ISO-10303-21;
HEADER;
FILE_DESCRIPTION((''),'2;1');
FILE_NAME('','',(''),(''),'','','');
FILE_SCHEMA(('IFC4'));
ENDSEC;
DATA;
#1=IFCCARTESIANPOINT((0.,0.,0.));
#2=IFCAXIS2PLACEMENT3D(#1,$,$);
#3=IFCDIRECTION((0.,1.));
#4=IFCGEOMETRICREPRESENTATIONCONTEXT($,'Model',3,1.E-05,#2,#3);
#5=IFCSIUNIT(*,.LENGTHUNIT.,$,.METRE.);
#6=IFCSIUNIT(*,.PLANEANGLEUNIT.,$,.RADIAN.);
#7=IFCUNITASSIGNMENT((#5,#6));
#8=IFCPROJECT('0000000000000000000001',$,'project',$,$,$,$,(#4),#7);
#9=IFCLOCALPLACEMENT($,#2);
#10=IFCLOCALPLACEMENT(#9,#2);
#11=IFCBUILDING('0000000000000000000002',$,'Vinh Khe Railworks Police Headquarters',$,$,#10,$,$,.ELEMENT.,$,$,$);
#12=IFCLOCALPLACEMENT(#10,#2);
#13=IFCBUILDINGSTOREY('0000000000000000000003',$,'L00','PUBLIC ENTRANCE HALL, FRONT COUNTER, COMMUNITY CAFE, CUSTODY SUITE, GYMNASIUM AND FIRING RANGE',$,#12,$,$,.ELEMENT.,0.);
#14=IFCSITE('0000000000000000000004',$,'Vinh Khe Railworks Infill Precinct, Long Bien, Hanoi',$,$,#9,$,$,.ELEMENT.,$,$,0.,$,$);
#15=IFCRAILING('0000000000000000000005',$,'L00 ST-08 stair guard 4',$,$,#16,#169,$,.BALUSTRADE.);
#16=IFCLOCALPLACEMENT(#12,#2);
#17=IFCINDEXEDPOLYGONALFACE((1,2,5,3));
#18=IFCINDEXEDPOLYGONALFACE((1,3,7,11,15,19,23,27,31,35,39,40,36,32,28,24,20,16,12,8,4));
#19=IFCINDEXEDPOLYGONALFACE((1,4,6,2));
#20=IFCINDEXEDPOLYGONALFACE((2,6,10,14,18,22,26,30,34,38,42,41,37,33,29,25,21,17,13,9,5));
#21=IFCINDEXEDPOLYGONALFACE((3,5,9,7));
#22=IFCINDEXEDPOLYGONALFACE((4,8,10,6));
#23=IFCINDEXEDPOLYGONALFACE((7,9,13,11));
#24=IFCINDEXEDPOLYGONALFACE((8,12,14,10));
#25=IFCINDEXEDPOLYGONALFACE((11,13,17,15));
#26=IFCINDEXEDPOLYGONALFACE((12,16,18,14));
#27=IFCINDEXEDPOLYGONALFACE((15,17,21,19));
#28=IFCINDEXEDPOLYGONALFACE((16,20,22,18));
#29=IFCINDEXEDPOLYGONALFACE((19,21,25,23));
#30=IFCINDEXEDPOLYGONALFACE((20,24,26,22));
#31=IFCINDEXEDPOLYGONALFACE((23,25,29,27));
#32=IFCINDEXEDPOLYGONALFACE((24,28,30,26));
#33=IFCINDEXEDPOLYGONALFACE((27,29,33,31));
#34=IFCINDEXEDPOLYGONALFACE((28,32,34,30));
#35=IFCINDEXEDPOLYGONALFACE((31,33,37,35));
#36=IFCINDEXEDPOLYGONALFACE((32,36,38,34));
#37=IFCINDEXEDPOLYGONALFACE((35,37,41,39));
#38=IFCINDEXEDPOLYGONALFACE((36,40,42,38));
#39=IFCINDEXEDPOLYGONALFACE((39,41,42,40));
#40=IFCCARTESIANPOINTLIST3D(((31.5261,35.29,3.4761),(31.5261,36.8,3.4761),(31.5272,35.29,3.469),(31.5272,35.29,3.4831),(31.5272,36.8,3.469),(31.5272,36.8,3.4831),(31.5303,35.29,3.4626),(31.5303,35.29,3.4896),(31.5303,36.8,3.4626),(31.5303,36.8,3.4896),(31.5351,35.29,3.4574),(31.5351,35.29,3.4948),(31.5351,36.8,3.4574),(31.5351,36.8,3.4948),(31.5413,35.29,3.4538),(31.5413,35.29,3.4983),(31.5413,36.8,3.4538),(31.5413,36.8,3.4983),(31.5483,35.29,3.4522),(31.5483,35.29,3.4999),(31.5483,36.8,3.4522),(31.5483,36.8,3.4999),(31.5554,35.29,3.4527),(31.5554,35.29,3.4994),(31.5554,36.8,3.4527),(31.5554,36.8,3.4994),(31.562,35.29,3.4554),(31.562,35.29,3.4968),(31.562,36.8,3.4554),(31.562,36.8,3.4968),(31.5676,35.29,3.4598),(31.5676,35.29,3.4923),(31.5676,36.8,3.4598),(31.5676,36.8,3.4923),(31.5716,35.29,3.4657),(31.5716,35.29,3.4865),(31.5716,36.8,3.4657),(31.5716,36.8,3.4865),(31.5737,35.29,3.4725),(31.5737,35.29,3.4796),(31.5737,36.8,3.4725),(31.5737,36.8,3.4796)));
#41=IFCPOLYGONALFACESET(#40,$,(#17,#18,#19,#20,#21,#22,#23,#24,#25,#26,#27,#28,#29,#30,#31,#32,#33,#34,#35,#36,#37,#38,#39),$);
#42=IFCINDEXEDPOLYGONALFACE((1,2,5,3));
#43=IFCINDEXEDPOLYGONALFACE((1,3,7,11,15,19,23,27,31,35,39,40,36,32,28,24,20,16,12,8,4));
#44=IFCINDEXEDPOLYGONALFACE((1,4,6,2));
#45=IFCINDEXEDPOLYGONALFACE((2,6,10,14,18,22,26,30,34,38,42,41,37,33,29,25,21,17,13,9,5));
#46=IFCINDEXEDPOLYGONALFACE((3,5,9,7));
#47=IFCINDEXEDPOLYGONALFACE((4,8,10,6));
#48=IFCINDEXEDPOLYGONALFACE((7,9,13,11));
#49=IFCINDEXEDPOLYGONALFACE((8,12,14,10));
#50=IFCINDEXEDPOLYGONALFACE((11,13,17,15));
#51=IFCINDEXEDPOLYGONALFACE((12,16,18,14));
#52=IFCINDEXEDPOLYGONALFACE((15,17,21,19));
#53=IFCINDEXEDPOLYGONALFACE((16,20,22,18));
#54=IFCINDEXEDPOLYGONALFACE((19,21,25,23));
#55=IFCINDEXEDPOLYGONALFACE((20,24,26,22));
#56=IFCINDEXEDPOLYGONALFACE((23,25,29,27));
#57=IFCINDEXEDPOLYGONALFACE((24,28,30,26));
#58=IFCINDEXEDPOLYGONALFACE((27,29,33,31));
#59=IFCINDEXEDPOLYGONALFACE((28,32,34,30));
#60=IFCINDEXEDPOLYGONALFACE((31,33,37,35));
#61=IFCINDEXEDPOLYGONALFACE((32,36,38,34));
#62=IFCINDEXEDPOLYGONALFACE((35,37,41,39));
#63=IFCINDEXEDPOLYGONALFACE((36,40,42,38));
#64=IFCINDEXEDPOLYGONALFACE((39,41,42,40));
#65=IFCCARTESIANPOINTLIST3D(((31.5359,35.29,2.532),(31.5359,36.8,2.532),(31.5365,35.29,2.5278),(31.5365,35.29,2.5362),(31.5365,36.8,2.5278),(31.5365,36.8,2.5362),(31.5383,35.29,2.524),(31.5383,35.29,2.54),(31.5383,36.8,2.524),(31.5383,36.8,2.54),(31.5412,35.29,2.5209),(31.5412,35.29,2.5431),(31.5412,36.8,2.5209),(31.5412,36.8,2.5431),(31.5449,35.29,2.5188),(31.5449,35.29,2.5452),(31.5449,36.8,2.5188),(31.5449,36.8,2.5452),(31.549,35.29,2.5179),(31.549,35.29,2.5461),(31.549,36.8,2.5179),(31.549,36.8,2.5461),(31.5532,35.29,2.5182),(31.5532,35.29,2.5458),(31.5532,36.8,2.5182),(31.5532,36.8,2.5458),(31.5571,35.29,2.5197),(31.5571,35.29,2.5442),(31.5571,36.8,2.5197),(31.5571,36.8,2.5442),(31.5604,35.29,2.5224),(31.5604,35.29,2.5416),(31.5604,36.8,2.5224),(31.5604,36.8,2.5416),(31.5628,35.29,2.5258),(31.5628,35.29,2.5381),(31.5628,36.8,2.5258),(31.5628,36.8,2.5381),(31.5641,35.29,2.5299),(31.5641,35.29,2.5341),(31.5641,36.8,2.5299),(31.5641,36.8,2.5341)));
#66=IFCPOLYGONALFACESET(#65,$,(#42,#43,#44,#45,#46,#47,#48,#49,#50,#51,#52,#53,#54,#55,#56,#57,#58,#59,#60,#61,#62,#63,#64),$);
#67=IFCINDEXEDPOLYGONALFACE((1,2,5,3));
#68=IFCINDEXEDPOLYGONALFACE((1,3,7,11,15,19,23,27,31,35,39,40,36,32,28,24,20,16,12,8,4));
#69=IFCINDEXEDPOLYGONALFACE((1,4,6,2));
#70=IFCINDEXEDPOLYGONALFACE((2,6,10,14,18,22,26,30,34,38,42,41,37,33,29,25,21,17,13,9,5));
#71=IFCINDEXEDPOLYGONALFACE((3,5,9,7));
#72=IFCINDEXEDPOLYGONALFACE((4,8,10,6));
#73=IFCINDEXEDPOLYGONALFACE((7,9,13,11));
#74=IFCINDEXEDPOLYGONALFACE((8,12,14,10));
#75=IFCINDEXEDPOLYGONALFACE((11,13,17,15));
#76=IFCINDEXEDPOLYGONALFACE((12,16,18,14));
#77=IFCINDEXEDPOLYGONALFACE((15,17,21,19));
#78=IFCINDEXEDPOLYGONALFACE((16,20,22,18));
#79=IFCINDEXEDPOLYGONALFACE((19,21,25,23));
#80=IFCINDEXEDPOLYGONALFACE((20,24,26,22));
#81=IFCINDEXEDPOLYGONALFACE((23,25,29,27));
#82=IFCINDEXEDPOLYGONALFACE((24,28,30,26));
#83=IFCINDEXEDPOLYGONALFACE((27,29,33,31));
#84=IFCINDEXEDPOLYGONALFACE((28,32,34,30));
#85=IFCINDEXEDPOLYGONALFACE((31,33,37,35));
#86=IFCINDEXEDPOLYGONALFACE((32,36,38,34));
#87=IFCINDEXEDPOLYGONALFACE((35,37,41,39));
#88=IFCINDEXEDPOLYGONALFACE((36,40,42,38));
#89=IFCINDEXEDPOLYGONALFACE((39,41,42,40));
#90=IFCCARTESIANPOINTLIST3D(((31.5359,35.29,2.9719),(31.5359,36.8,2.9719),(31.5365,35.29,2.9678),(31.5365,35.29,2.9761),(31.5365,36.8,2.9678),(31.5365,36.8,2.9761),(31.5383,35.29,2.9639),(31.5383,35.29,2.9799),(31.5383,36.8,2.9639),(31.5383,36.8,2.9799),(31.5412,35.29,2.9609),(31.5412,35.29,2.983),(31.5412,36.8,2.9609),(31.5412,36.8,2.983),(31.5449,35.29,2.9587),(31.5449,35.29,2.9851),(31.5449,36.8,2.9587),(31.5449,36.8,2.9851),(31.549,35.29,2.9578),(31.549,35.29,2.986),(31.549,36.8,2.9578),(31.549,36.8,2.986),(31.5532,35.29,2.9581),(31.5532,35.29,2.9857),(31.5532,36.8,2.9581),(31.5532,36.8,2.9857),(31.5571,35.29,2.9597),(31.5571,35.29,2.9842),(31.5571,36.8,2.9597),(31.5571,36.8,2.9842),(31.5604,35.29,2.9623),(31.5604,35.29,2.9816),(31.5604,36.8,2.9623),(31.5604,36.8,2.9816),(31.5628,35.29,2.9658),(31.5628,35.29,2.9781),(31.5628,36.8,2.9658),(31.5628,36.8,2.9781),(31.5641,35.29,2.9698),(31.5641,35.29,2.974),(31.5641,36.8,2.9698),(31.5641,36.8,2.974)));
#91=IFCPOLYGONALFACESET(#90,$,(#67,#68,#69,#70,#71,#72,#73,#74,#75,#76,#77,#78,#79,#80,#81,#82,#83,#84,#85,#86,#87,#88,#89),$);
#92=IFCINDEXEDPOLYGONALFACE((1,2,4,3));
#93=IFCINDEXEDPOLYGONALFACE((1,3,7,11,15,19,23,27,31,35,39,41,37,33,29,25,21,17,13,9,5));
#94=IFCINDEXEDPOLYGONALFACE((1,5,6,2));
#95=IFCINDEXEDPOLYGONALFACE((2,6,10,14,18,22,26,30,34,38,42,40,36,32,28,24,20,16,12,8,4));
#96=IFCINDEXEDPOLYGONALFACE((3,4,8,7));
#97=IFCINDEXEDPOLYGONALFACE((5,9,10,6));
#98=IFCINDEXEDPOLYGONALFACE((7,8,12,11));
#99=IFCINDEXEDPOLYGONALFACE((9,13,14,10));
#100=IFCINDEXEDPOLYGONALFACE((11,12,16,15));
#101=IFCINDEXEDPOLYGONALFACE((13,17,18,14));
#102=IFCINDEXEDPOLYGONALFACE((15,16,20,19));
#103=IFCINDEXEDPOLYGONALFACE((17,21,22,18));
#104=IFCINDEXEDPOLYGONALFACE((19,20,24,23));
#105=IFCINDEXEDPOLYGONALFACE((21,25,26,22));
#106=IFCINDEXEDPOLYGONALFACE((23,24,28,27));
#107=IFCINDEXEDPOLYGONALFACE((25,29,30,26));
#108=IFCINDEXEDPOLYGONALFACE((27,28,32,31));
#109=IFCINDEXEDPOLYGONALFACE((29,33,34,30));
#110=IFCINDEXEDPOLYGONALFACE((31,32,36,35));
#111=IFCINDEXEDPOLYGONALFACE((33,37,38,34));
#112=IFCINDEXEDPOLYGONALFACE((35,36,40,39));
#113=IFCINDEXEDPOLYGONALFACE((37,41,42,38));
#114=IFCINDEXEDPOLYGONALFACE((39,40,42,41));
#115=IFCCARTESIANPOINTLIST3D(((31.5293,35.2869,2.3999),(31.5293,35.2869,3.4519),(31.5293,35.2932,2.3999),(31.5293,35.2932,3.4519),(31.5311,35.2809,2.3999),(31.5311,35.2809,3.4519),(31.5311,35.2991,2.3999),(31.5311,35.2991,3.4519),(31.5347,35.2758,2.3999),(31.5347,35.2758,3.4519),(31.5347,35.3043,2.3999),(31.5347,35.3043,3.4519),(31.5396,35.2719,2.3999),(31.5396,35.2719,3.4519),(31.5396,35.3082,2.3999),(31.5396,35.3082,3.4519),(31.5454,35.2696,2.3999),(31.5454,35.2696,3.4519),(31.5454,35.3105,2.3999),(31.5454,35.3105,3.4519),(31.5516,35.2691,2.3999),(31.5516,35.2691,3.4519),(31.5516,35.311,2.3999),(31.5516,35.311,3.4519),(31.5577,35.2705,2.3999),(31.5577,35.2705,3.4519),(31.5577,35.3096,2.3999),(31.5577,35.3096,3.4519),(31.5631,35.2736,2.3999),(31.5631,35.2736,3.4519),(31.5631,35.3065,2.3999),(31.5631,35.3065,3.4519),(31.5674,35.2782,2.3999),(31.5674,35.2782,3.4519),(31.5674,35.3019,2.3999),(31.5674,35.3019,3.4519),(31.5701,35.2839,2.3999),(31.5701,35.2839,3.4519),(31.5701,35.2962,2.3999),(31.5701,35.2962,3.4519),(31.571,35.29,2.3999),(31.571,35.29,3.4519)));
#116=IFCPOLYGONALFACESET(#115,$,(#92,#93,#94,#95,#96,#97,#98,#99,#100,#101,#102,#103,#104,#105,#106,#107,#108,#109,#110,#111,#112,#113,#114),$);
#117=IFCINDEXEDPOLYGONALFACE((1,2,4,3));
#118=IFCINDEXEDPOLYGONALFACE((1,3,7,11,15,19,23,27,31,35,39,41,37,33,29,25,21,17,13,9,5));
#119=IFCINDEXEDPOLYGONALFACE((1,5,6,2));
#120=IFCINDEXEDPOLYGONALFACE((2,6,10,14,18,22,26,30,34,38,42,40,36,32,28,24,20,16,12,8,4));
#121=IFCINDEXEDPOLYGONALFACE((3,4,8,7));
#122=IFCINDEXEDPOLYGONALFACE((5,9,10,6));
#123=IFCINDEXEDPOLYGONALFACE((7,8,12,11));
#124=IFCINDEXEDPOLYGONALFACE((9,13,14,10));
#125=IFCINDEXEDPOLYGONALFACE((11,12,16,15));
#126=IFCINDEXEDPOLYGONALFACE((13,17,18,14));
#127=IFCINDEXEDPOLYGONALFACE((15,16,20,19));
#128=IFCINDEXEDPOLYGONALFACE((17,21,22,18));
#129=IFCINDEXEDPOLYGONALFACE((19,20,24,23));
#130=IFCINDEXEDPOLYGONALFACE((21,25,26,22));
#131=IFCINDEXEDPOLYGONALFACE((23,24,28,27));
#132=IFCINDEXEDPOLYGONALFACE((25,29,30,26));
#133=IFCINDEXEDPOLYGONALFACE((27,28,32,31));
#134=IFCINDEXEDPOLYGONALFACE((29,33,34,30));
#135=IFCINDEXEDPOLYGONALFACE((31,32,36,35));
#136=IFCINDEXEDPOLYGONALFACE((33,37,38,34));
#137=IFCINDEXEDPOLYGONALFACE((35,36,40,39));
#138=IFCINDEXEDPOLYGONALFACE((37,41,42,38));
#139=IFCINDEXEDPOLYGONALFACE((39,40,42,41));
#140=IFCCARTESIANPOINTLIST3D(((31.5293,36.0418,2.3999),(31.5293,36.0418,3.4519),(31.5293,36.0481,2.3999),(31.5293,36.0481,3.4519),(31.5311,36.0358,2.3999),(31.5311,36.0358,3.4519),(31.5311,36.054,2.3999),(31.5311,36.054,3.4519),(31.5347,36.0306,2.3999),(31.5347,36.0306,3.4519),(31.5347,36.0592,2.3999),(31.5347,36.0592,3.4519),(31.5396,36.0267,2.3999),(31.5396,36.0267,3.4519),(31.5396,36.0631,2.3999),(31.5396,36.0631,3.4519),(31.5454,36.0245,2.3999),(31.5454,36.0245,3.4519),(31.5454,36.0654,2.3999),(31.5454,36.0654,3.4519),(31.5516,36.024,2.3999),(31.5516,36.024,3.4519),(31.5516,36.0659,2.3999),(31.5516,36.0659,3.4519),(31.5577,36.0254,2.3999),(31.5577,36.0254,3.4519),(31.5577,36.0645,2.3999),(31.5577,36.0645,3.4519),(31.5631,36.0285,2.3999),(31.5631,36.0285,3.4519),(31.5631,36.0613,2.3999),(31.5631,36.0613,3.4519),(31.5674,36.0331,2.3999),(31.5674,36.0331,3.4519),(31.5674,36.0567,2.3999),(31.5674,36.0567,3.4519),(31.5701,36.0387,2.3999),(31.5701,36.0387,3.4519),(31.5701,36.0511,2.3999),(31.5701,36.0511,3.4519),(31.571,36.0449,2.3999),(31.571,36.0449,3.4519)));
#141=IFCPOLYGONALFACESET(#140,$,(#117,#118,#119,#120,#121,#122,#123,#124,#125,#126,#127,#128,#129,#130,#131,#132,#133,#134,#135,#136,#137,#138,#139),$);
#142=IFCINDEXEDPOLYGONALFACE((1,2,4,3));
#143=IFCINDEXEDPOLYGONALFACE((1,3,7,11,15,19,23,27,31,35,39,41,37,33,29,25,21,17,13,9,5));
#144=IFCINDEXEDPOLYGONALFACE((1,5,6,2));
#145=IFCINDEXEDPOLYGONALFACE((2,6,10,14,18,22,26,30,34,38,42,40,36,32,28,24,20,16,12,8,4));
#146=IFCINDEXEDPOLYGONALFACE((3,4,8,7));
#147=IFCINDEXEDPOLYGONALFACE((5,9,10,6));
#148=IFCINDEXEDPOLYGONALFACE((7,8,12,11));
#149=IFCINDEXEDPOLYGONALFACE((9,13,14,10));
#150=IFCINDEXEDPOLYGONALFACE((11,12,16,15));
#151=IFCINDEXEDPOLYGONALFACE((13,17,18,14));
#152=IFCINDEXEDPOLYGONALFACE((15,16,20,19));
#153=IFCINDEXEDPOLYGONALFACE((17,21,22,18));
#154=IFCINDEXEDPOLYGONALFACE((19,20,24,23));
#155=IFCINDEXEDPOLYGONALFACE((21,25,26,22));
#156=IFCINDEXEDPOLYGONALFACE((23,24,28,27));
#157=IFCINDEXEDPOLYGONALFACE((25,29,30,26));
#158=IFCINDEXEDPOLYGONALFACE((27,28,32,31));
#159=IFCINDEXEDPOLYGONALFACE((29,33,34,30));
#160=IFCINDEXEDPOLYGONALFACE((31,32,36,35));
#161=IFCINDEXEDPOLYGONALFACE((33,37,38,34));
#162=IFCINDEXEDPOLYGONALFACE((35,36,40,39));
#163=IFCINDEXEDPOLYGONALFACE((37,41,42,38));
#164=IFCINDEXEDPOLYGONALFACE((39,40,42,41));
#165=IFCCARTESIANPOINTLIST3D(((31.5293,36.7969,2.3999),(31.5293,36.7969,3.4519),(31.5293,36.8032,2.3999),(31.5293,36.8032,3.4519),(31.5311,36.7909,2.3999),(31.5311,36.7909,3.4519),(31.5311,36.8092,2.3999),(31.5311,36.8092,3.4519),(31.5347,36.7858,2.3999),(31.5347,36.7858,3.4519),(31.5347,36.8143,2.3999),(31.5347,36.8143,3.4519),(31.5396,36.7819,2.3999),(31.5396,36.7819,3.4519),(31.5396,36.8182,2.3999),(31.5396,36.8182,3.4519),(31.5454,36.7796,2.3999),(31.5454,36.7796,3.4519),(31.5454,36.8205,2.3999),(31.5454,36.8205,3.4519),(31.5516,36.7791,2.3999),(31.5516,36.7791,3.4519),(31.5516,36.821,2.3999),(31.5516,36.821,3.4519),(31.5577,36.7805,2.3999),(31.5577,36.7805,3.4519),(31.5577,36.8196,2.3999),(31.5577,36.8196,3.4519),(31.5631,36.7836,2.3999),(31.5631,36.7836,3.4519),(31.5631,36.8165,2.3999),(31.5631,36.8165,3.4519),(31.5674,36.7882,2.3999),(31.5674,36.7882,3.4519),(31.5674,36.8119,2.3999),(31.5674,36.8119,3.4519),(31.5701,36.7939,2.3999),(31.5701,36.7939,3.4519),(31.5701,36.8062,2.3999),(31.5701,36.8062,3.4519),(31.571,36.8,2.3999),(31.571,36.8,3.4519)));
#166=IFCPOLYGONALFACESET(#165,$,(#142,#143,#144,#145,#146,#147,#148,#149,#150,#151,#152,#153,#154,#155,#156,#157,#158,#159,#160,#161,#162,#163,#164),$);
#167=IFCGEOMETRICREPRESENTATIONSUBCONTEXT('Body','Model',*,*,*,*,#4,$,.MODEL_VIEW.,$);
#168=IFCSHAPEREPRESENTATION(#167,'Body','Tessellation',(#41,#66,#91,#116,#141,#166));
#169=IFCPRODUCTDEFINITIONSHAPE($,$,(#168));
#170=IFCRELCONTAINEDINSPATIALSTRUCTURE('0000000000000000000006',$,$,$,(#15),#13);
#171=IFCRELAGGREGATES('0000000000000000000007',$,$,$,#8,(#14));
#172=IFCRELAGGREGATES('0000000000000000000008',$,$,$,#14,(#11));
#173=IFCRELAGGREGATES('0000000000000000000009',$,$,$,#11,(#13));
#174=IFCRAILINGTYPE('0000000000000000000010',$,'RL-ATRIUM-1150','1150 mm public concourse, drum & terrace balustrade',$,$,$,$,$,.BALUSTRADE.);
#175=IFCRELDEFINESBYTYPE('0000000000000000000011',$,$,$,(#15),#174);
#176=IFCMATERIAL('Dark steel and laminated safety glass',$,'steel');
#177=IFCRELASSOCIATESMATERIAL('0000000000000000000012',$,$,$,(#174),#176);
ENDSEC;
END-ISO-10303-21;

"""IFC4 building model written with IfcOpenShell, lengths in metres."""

from ifc_helpers import new_model, si_unit, direction, frame, origin, origin_2d, place, context, subcontext, project, spatial, circle, extrude, material, type_object, element, save


model = new_model("IFC4")

# Units and contexts
model_context = context("Model", 3, precision=1e-05, world=origin(), true_north=direction((0.0, 1.0)))
body_context = subcontext(model_context, "Body", "Model", "MODEL_VIEW")
ifc_project = project(units=[si_unit("LENGTHUNIT", "METRE"), si_unit("PLANEANGLEUNIT", "RADIAN")], contexts=[model_context])

# Site, building, storey
site_placement = place(None, origin())
site = spatial("IfcSite", under=ifc_project, at=site_placement, Name="Vinh Khe Railworks Infill Precinct, Long Bien, Hanoi", CompositionType="ELEMENT", RefElevation=0.0)
building_placement = place(site_placement, origin())
building = spatial("IfcBuilding", under=site, at=building_placement, Name="Vinh Khe Railworks Police Headquarters", CompositionType="ELEMENT")
storey_placement = place(building_placement, origin())
storey = spatial("IfcBuildingStorey", under=building, at=storey_placement, Name="L00", Description="PUBLIC ENTRANCE HALL, FRONT COUNTER, COMMUNITY CAFE, CUSTODY SUITE, GYMNASIUM AND FIRING RANGE", CompositionType="ELEMENT", Elevation=0.0)

# Railing
ifc_material_1 = material(Name="Dark steel and laminated safety glass", Category="steel")
railing_type_1 = type_object("IfcRailingType", Name="RL-ATRIUM-1150", Description="1150 mm public concourse, drum & terrace balustrade", PredefinedType="BALUSTRADE", material=ifc_material_1)
for number, where, name in (
    (1, (31.55, 35.29, 2.3999), "L00 ST-08 stair guard 4"),
):
    element("IfcRailing", number, at=place(storey_placement, frame(where)), inside=storey, type_object=railing_type_1, Name=name, PredefinedType="BALUSTRADE", context=body_context, shape_type="SweptSolid", body=[
        extrude(circle(Radius=0.0239, at=origin_2d()), frame((0.0, 0.0, 1.0762), z_axis=(0.0, 1.0, 0.0), x_axis=(-1.0, 0.0, 0.0)), (0.0, 0.0, 1.0), 1.51),
        extrude(circle(Radius=0.0142, at=origin_2d()), frame((0.0, 0.0, 0.1321), z_axis=(0.0, 1.0, 0.0), x_axis=(-1.0, 0.0, 0.0)), (0.0, 0.0, 1.0), 1.51),
        extrude(circle(Radius=0.0142, at=origin_2d()), frame((0.0, 0.0, 0.572), z_axis=(0.0, 1.0, 0.0), x_axis=(-1.0, 0.0, 0.0)), (0.0, 0.0, 1.0), 1.51),
        extrude(circle(Radius=0.021, at=origin_2d()), origin(), (0.0, 0.0, 1.0), 1.052),
        extrude(circle(Radius=0.021, at=origin_2d()), frame((0.0, 0.7549, 0.0)), (0.0, 0.0, 1.0), 1.052),
        extrude(circle(Radius=0.021, at=origin_2d()), frame((0.0, 1.51, 0.0)), (0.0, 0.0, 1.0), 1.052),
    ])

save(model, "model.ifc")
